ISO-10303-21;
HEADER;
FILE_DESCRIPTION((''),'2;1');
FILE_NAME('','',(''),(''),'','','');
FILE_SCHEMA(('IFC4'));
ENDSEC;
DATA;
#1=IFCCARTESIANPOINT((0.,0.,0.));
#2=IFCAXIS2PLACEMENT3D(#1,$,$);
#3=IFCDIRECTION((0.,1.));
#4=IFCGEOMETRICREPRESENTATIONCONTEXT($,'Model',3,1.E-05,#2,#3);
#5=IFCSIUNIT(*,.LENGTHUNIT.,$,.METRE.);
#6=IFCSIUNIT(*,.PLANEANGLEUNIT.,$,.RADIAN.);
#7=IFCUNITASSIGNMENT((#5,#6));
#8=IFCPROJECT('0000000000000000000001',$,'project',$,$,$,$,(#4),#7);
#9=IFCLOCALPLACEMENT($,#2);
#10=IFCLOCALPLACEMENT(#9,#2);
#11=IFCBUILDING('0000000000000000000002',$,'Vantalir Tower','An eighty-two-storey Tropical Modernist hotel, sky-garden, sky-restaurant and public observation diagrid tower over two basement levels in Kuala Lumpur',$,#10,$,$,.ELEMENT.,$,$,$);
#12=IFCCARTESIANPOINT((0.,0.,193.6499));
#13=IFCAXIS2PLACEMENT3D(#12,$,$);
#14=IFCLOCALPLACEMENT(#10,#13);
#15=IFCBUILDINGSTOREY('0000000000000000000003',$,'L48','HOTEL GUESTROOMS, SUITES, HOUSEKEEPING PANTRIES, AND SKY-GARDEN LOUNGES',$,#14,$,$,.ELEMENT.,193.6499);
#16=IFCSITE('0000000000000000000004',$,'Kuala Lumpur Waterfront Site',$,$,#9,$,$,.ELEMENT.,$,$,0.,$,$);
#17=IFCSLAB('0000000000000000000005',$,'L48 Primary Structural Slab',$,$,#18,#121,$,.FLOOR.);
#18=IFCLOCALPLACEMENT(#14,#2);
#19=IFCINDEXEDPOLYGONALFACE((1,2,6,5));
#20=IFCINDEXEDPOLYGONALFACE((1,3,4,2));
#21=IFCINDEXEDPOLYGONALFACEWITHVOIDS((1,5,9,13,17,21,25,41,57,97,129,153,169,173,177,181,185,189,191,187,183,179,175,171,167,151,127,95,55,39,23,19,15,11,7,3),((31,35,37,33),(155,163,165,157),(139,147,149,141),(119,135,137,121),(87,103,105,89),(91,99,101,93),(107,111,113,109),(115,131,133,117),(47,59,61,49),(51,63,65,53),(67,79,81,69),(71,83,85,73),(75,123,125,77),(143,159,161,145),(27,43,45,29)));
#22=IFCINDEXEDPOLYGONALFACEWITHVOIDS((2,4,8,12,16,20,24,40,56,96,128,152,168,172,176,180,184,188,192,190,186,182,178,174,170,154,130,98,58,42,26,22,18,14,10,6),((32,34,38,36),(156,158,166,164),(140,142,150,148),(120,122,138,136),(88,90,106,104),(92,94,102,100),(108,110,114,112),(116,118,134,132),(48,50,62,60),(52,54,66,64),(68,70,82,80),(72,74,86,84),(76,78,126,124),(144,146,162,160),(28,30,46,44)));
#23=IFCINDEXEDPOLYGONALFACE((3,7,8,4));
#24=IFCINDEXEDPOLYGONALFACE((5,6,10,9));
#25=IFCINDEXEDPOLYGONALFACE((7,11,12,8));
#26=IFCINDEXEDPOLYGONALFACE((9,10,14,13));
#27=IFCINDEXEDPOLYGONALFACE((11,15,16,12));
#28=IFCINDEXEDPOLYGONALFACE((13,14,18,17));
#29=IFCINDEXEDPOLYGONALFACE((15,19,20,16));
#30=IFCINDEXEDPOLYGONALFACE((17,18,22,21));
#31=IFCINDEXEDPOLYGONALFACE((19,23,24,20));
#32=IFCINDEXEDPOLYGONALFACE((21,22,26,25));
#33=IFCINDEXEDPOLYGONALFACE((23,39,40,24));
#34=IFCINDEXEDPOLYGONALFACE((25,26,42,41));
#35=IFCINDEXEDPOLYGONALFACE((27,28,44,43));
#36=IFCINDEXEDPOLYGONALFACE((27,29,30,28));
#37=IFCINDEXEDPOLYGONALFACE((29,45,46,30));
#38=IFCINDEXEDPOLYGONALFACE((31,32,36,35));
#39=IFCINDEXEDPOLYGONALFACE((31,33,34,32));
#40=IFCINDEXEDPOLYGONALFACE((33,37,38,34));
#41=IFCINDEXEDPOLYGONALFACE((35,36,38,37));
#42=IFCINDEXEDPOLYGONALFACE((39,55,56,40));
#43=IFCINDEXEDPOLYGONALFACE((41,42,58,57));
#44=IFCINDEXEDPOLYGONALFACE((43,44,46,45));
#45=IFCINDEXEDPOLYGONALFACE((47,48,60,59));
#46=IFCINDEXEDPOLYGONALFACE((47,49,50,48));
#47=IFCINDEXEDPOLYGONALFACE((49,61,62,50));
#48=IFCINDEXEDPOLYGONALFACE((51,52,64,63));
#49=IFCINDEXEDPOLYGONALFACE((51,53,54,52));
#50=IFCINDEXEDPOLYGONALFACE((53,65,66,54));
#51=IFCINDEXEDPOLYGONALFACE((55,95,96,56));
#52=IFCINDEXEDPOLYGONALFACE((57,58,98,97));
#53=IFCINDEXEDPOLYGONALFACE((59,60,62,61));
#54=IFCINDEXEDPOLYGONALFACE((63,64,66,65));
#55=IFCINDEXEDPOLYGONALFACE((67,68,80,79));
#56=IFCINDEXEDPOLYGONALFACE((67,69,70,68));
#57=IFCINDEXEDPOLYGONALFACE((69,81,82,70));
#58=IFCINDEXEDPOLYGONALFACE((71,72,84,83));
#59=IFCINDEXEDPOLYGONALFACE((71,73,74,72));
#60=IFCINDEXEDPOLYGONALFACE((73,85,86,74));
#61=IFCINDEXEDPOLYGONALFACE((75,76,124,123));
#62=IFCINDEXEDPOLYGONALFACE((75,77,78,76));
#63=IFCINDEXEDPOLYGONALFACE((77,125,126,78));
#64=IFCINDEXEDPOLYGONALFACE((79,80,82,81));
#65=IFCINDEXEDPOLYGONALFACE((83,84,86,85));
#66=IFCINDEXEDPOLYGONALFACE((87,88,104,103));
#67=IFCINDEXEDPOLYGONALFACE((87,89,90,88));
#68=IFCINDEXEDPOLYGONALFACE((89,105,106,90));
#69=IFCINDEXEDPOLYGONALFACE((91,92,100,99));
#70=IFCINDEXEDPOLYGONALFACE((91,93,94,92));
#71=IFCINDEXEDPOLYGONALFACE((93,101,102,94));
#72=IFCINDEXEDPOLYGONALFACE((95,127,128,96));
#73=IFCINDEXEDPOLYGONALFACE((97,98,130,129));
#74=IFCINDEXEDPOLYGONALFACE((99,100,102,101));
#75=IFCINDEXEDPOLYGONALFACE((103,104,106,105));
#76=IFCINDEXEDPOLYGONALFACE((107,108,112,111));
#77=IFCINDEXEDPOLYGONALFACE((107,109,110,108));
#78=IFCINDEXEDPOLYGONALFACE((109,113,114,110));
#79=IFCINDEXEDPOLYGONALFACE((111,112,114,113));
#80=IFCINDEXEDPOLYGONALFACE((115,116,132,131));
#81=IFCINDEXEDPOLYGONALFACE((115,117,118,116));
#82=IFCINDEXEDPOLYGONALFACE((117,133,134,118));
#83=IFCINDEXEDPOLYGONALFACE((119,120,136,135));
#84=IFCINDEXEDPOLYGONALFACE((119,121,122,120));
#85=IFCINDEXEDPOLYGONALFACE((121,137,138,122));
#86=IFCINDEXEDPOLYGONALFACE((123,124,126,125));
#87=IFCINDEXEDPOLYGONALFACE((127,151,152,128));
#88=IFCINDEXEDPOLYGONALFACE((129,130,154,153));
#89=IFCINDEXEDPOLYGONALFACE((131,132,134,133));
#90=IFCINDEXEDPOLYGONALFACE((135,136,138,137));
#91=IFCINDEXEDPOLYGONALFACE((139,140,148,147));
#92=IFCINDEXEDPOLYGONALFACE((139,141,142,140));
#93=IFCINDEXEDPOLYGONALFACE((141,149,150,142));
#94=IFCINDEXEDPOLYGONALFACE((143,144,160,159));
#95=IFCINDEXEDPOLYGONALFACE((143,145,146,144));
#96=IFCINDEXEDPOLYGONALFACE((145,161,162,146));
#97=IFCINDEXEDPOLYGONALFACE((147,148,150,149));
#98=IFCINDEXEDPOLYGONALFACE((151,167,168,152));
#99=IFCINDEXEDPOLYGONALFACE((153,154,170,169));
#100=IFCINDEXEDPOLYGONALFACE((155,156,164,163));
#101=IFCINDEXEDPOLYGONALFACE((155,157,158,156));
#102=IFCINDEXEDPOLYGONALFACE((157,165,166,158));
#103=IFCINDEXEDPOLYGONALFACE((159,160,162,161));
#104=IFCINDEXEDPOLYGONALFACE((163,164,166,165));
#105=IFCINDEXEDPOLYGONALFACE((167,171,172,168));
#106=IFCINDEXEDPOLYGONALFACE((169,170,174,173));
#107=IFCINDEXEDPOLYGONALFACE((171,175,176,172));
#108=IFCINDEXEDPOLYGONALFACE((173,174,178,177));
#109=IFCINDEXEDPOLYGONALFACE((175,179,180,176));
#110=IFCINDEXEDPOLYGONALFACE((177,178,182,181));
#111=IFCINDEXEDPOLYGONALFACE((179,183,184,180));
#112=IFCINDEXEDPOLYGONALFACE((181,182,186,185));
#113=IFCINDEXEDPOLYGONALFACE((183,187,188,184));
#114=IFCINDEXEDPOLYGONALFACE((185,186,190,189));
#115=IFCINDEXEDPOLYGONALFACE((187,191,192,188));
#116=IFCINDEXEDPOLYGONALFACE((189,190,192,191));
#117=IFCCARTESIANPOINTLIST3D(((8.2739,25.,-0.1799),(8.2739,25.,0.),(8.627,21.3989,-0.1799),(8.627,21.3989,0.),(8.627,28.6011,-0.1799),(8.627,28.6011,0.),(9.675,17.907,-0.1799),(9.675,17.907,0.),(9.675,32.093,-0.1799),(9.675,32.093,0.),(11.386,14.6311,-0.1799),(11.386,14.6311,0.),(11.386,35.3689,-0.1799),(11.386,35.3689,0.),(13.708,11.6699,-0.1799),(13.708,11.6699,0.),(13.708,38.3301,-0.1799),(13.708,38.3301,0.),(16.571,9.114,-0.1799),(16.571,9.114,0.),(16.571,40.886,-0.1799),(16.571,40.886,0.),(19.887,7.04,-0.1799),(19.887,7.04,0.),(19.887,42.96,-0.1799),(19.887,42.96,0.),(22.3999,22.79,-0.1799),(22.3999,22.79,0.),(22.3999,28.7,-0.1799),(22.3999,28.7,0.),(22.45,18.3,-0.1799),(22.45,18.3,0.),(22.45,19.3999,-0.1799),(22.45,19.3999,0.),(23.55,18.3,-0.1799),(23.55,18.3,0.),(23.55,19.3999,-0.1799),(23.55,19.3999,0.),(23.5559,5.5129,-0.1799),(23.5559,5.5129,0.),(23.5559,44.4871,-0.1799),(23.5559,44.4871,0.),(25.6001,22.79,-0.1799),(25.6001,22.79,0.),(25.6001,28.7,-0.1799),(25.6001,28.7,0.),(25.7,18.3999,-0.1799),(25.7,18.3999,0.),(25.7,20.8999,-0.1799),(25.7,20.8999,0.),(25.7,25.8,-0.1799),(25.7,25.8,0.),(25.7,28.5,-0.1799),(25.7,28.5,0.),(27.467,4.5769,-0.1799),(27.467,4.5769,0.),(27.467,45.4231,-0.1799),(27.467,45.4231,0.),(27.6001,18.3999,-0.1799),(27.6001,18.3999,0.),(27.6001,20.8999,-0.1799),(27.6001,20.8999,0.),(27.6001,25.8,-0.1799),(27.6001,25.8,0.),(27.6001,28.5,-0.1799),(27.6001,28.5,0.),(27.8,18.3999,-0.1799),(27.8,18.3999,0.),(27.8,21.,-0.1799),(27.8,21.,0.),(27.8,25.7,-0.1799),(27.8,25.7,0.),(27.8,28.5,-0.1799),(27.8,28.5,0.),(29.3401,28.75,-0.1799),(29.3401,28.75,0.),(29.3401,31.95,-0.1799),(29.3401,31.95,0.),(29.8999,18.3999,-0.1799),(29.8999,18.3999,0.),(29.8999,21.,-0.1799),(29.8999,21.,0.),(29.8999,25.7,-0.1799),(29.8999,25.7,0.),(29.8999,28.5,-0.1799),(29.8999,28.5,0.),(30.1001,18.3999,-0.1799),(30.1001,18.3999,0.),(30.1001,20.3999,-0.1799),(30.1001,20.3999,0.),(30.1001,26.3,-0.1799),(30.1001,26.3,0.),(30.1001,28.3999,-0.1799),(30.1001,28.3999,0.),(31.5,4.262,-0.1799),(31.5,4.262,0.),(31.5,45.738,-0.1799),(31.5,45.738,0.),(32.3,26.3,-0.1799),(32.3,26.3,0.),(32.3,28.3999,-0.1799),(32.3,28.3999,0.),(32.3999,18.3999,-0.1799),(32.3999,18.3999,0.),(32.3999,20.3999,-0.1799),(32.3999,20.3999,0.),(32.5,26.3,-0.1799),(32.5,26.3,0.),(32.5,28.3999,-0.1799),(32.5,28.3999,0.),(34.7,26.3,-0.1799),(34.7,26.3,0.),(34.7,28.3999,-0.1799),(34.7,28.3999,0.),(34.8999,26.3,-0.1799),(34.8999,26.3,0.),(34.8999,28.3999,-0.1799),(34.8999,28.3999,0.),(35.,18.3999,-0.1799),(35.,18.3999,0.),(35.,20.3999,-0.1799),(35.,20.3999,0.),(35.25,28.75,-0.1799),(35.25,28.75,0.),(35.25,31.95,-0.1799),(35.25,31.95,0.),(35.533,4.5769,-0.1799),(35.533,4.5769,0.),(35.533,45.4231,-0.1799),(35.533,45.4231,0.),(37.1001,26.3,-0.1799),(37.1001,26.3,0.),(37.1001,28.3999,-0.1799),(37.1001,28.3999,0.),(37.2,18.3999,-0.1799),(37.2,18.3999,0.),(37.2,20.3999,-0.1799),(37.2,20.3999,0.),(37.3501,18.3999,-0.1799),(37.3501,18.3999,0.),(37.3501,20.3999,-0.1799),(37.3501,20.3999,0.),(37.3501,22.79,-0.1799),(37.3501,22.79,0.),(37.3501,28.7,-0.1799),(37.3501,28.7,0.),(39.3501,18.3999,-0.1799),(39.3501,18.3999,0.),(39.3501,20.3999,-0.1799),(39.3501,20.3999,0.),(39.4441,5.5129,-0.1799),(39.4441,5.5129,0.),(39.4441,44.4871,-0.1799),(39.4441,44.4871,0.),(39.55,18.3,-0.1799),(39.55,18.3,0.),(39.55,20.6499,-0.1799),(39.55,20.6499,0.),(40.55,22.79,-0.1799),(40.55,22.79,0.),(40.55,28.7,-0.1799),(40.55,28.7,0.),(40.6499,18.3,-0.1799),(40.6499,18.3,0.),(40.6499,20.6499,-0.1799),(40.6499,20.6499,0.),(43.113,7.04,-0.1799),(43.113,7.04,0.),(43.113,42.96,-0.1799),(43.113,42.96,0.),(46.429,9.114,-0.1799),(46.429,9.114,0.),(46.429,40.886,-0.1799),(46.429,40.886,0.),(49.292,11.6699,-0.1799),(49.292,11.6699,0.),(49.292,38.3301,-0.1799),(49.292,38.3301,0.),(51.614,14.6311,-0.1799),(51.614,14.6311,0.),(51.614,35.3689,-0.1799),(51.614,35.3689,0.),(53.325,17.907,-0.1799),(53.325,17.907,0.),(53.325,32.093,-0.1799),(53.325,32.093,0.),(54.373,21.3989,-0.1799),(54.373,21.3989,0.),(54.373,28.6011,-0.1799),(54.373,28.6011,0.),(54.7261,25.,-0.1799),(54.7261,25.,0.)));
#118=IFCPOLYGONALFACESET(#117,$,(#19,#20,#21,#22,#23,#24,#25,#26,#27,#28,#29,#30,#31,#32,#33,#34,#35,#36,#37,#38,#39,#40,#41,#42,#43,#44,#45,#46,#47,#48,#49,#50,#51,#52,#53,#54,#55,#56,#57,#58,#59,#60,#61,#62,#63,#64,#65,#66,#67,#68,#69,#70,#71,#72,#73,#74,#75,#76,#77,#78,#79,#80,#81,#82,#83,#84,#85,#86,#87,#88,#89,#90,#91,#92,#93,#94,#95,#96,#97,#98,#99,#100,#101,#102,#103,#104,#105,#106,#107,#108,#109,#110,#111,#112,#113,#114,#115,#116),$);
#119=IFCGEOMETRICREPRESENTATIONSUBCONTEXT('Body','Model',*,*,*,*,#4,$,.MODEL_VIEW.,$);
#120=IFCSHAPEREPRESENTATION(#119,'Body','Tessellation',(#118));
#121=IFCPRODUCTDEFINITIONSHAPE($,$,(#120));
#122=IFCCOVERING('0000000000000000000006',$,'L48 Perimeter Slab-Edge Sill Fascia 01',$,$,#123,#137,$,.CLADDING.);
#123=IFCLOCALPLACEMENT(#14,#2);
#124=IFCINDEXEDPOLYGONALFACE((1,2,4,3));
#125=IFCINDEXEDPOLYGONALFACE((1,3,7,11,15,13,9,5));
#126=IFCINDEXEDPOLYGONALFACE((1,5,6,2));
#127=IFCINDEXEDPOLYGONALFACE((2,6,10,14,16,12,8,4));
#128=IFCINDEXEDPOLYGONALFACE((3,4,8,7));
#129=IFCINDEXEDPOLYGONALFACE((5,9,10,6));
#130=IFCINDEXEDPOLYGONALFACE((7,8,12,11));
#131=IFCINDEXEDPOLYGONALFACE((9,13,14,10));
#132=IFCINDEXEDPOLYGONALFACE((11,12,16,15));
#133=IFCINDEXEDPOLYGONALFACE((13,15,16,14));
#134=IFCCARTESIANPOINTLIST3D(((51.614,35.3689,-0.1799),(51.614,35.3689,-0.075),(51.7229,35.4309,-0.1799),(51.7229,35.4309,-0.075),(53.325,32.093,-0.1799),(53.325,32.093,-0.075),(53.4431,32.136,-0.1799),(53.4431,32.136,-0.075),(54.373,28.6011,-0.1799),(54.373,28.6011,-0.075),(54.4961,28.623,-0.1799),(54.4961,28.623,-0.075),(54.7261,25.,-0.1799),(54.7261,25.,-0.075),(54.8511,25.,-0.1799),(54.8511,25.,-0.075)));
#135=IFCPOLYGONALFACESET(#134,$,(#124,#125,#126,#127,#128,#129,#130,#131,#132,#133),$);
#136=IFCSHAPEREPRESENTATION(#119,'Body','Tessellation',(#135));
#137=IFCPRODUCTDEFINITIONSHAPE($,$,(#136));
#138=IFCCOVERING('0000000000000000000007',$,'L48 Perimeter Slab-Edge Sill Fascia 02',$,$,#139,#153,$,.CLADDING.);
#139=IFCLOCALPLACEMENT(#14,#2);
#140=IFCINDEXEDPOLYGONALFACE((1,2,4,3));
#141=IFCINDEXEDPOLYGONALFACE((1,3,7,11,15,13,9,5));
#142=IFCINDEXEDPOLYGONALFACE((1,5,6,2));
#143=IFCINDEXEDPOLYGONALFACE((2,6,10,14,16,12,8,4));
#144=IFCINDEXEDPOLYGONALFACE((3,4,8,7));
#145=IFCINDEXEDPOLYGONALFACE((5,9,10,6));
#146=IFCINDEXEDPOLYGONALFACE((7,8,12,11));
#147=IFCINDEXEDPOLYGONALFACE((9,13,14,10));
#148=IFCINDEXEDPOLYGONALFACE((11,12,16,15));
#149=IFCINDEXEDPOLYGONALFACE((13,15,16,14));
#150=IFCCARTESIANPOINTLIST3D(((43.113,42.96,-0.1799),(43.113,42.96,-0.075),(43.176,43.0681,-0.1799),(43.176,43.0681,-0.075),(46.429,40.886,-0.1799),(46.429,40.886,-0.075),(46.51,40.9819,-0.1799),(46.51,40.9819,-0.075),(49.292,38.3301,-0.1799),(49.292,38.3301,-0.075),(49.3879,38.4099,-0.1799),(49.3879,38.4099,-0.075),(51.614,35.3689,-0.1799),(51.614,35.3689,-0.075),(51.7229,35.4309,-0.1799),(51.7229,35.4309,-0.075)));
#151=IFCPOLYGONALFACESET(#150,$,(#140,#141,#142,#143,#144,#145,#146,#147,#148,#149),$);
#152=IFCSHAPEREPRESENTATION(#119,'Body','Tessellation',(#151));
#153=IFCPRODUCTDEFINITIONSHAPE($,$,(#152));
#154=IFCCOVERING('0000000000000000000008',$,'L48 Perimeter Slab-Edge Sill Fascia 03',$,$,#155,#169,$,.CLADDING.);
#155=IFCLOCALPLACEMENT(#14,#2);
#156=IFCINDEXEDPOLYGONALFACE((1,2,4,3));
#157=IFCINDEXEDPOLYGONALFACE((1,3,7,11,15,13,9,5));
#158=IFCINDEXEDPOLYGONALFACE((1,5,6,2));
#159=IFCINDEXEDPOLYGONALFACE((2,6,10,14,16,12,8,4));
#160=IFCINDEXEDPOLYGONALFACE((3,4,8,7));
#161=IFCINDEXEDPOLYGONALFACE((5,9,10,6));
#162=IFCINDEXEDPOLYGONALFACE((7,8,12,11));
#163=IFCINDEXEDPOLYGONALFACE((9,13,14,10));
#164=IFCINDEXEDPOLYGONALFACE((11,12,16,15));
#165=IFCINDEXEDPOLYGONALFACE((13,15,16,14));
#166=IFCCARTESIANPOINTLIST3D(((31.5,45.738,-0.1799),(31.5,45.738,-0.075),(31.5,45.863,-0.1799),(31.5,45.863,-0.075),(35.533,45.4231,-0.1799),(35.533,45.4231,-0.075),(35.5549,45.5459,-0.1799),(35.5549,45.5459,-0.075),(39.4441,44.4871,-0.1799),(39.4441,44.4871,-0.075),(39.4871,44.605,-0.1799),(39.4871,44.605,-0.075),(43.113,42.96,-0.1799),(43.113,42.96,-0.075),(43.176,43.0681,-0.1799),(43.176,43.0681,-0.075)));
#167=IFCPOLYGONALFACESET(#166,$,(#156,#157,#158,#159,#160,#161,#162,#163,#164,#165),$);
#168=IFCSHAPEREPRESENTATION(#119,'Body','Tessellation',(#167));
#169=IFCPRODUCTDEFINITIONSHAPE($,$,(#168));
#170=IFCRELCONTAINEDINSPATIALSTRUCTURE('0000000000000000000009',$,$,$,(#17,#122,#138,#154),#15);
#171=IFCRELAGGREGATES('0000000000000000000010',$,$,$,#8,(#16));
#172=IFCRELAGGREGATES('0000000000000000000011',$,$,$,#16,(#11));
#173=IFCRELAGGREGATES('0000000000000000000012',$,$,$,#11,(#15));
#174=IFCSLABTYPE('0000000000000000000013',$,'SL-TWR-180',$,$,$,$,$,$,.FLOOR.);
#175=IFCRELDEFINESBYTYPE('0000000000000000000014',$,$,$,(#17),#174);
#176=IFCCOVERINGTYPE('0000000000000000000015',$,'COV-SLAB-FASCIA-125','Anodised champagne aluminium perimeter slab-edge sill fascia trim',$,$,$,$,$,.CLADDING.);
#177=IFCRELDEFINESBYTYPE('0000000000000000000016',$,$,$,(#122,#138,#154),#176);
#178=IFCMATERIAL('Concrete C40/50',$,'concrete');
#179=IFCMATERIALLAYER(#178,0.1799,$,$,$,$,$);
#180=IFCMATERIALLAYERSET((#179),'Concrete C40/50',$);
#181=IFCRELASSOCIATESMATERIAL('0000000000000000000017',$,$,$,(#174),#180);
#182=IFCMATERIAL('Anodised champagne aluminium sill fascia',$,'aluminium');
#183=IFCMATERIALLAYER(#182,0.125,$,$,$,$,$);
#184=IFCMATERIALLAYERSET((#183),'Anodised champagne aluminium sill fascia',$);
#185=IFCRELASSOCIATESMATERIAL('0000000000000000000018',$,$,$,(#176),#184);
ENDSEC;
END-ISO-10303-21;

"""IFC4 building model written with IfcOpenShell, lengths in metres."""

from ifc_helpers import new_model, si_unit, direction, frame, origin, place, context, subcontext, project, spatial, polyline, outline, extrude, material, layer, layer_set, type_object, element, save


model = new_model("IFC4")

# Units and contexts
model_context = context("Model", 3, precision=1e-05, world=origin(), true_north=direction((0.0, 1.0)))
body_context = subcontext(model_context, "Body", "Model", "MODEL_VIEW")
ifc_project = project(units=[si_unit("LENGTHUNIT", "METRE"), si_unit("PLANEANGLEUNIT", "RADIAN")], contexts=[model_context])

# Site, building, storey
site_placement = place(None, origin())
site = spatial("IfcSite", under=ifc_project, at=site_placement, Name="Kuala Lumpur Waterfront Site", CompositionType="ELEMENT", RefElevation=0.0)
building_placement = place(site_placement, origin())
building = spatial("IfcBuilding", under=site, at=building_placement, Name="Vantalir Tower", Description="An eighty-two-storey Tropical Modernist hotel, sky-garden, sky-restaurant and public observation diagrid tower over two basement levels in Kuala Lumpur", CompositionType="ELEMENT")
storey_placement = place(building_placement, frame((0.0, 0.0, 193.6499)))
storey = spatial("IfcBuildingStorey", under=building, at=storey_placement, Name="L48", Description="HOTEL GUESTROOMS, SUITES, HOUSEKEEPING PANTRIES, AND SKY-GARDEN LOUNGES", CompositionType="ELEMENT", Elevation=193.6499)

# Shared definitions
ifc_material_1 = material(Name="Concrete C40/50", Category="concrete")

# Slab
ifc_layer_1 = layer(ifc_material_1, 0.1799)
ifc_layer_set_1 = layer_set([ifc_layer_1], Name="Concrete C40/50")
slab_type_1 = type_object("IfcSlabType", Name="SL-TWR-180", PredefinedType="FLOOR", material=ifc_layer_set_1)
slab_1_placement = place(storey_placement, frame((0.0, 0.0, -0.1799)))
element("IfcSlab", 1, at=slab_1_placement, inside=storey, type_object=slab_type_1, Name="L48 Primary Structural Slab", PredefinedType="FLOOR", context=body_context, shape_type="SweptSolid", body=[
    extrude(outline(polyline([(13.708, 11.6699), (16.571, 9.114), (19.887, 7.04), (23.5559, 5.5129), (27.467, 4.5769), (31.5, 4.262), (35.533, 4.5769), (39.4441, 5.5129), (43.113, 7.04), (46.429, 9.114), (49.292, 11.6699), (51.614, 14.6311), (53.325, 17.907), (54.373, 21.3989), (54.7261, 25.0), (54.373, 28.6011), (53.325, 32.093), (51.614, 35.3689), (49.292, 38.3301), (46.429, 40.886), (43.113, 42.96), (39.4441, 44.4871), (35.533, 45.4231), (31.5, 45.738), (27.467, 45.4231), (23.5559, 44.4871), (19.887, 42.96), (16.571, 40.886), (13.708, 38.3301), (11.386, 35.3689), (9.675, 32.093), (8.627, 28.6011), (8.2739, 25.0), (8.627, 21.3989), (9.675, 17.907), (11.386, 14.6311), (13.708, 11.6699)]), holes=[polyline([(22.3999, 28.7), (25.6001, 28.7), (25.6001, 22.79), (22.3999, 22.79), (22.3999, 28.7)]), polyline([(40.55, 28.7), (40.55, 22.79), (37.3501, 22.79), (37.3501, 28.7), (40.55, 28.7)]), polyline([(29.3401, 28.75), (29.3401, 31.95), (35.25, 31.95), (35.25, 28.75), (29.3401, 28.75)]), polyline([(25.7, 18.3999), (25.7, 20.8999), (27.6001, 20.8999), (27.6001, 18.3999), (25.7, 18.3999)]), polyline([(25.7, 28.5), (27.6001, 28.5), (27.6001, 25.8), (25.7, 25.8), (25.7, 28.5)]), polyline([(29.8999, 21.0), (29.8999, 18.3999), (27.8, 18.3999), (27.8, 21.0), (29.8999, 21.0)]), polyline([(29.8999, 25.7), (27.8, 25.7), (27.8, 28.5), (29.8999, 28.5), (29.8999, 25.7)]), polyline([(30.1001, 18.3999), (30.1001, 20.3999), (32.3999, 20.3999), (32.3999, 18.3999), (30.1001, 18.3999)]), polyline([(37.3501, 20.3999), (39.3501, 20.3999), (39.3501, 18.3999), (37.3501, 18.3999), (37.3501, 20.3999)]), polyline([(37.2, 20.3999), (37.2, 18.3999), (35.0, 18.3999), (35.0, 20.3999), (37.2, 20.3999)]), polyline([(32.3, 26.3), (30.1001, 26.3), (30.1001, 28.3999), (32.3, 28.3999), (32.3, 26.3)]), polyline([(32.5, 26.3), (32.5, 28.3999), (34.7, 28.3999), (34.7, 26.3), (32.5, 26.3)]), polyline([(34.8999, 28.3999), (37.1001, 28.3999), (37.1001, 26.3), (34.8999, 26.3), (34.8999, 28.3999)]), polyline([(23.55, 19.3999), (23.55, 18.3), (22.45, 18.3), (22.45, 19.3999), (23.55, 19.3999)]), polyline([(40.6499, 18.3), (39.55, 18.3), (39.55, 20.6499), (40.6499, 20.6499), (40.6499, 18.3)])]), origin(), (0.0, 0.0, 1.0), 0.1799),
])

# Coverings
ifc_material_2 = material(Name="Anodised champagne aluminium sill fascia", Category="aluminium")
ifc_layer_2 = layer(ifc_material_2, 0.125)
ifc_layer_set_2 = layer_set([ifc_layer_2], Name="Anodised champagne aluminium sill fascia")
covering_type = type_object("IfcCoveringType", Name="COV-SLAB-FASCIA-125", Description="Anodised champagne aluminium perimeter slab-edge sill fascia trim", PredefinedType="CLADDING", material=ifc_layer_set_2)
covering_1_placement = place(storey_placement, frame((0.0, 0.0, -0.1799)))
element("IfcCovering", 2, at=covering_1_placement, inside=storey, type_object=covering_type, Name="L48 Perimeter Slab-Edge Sill Fascia 01", PredefinedType="CLADDING", context=body_context, shape_type="SweptSolid", body=[
    extrude(outline(polyline([(54.8511, 25.0), (54.4961, 28.623), (53.4431, 32.136), (51.7229, 35.4309), (51.614, 35.3689), (53.325, 32.093), (54.373, 28.6011), (54.7261, 25.0), (54.8511, 25.0)])), origin(), (0.0, 0.0, 1.0), 0.105),
])
covering_2_placement = place(storey_placement, frame((0.0, 0.0, -0.1799)))
element("IfcCovering", 3, at=covering_2_placement, inside=storey, type_object=covering_type, Name="L48 Perimeter Slab-Edge Sill Fascia 02", PredefinedType="CLADDING", context=body_context, shape_type="SweptSolid", body=[
    extrude(outline(polyline([(51.7229, 35.4309), (49.3879, 38.4099), (46.51, 40.9819), (43.176, 43.0681), (43.113, 42.96), (46.429, 40.886), (49.292, 38.3301), (51.614, 35.3689), (51.7229, 35.4309)])), origin(), (0.0, 0.0, 1.0), 0.105),
])
covering_3_placement = place(storey_placement, frame((0.0, 0.0, -0.1799)))
element("IfcCovering", 4, at=covering_3_placement, inside=storey, type_object=covering_type, Name="L48 Perimeter Slab-Edge Sill Fascia 03", PredefinedType="CLADDING", context=body_context, shape_type="SweptSolid", body=[
    extrude(outline(polyline([(43.176, 43.0681), (39.4871, 44.605), (35.5549, 45.5459), (31.5, 45.863), (31.5, 45.738), (35.533, 45.4231), (39.4441, 44.4871), (43.113, 42.96), (43.176, 43.0681)])), origin(), (0.0, 0.0, 1.0), 0.105),
])

save(model, "model.ifc")
